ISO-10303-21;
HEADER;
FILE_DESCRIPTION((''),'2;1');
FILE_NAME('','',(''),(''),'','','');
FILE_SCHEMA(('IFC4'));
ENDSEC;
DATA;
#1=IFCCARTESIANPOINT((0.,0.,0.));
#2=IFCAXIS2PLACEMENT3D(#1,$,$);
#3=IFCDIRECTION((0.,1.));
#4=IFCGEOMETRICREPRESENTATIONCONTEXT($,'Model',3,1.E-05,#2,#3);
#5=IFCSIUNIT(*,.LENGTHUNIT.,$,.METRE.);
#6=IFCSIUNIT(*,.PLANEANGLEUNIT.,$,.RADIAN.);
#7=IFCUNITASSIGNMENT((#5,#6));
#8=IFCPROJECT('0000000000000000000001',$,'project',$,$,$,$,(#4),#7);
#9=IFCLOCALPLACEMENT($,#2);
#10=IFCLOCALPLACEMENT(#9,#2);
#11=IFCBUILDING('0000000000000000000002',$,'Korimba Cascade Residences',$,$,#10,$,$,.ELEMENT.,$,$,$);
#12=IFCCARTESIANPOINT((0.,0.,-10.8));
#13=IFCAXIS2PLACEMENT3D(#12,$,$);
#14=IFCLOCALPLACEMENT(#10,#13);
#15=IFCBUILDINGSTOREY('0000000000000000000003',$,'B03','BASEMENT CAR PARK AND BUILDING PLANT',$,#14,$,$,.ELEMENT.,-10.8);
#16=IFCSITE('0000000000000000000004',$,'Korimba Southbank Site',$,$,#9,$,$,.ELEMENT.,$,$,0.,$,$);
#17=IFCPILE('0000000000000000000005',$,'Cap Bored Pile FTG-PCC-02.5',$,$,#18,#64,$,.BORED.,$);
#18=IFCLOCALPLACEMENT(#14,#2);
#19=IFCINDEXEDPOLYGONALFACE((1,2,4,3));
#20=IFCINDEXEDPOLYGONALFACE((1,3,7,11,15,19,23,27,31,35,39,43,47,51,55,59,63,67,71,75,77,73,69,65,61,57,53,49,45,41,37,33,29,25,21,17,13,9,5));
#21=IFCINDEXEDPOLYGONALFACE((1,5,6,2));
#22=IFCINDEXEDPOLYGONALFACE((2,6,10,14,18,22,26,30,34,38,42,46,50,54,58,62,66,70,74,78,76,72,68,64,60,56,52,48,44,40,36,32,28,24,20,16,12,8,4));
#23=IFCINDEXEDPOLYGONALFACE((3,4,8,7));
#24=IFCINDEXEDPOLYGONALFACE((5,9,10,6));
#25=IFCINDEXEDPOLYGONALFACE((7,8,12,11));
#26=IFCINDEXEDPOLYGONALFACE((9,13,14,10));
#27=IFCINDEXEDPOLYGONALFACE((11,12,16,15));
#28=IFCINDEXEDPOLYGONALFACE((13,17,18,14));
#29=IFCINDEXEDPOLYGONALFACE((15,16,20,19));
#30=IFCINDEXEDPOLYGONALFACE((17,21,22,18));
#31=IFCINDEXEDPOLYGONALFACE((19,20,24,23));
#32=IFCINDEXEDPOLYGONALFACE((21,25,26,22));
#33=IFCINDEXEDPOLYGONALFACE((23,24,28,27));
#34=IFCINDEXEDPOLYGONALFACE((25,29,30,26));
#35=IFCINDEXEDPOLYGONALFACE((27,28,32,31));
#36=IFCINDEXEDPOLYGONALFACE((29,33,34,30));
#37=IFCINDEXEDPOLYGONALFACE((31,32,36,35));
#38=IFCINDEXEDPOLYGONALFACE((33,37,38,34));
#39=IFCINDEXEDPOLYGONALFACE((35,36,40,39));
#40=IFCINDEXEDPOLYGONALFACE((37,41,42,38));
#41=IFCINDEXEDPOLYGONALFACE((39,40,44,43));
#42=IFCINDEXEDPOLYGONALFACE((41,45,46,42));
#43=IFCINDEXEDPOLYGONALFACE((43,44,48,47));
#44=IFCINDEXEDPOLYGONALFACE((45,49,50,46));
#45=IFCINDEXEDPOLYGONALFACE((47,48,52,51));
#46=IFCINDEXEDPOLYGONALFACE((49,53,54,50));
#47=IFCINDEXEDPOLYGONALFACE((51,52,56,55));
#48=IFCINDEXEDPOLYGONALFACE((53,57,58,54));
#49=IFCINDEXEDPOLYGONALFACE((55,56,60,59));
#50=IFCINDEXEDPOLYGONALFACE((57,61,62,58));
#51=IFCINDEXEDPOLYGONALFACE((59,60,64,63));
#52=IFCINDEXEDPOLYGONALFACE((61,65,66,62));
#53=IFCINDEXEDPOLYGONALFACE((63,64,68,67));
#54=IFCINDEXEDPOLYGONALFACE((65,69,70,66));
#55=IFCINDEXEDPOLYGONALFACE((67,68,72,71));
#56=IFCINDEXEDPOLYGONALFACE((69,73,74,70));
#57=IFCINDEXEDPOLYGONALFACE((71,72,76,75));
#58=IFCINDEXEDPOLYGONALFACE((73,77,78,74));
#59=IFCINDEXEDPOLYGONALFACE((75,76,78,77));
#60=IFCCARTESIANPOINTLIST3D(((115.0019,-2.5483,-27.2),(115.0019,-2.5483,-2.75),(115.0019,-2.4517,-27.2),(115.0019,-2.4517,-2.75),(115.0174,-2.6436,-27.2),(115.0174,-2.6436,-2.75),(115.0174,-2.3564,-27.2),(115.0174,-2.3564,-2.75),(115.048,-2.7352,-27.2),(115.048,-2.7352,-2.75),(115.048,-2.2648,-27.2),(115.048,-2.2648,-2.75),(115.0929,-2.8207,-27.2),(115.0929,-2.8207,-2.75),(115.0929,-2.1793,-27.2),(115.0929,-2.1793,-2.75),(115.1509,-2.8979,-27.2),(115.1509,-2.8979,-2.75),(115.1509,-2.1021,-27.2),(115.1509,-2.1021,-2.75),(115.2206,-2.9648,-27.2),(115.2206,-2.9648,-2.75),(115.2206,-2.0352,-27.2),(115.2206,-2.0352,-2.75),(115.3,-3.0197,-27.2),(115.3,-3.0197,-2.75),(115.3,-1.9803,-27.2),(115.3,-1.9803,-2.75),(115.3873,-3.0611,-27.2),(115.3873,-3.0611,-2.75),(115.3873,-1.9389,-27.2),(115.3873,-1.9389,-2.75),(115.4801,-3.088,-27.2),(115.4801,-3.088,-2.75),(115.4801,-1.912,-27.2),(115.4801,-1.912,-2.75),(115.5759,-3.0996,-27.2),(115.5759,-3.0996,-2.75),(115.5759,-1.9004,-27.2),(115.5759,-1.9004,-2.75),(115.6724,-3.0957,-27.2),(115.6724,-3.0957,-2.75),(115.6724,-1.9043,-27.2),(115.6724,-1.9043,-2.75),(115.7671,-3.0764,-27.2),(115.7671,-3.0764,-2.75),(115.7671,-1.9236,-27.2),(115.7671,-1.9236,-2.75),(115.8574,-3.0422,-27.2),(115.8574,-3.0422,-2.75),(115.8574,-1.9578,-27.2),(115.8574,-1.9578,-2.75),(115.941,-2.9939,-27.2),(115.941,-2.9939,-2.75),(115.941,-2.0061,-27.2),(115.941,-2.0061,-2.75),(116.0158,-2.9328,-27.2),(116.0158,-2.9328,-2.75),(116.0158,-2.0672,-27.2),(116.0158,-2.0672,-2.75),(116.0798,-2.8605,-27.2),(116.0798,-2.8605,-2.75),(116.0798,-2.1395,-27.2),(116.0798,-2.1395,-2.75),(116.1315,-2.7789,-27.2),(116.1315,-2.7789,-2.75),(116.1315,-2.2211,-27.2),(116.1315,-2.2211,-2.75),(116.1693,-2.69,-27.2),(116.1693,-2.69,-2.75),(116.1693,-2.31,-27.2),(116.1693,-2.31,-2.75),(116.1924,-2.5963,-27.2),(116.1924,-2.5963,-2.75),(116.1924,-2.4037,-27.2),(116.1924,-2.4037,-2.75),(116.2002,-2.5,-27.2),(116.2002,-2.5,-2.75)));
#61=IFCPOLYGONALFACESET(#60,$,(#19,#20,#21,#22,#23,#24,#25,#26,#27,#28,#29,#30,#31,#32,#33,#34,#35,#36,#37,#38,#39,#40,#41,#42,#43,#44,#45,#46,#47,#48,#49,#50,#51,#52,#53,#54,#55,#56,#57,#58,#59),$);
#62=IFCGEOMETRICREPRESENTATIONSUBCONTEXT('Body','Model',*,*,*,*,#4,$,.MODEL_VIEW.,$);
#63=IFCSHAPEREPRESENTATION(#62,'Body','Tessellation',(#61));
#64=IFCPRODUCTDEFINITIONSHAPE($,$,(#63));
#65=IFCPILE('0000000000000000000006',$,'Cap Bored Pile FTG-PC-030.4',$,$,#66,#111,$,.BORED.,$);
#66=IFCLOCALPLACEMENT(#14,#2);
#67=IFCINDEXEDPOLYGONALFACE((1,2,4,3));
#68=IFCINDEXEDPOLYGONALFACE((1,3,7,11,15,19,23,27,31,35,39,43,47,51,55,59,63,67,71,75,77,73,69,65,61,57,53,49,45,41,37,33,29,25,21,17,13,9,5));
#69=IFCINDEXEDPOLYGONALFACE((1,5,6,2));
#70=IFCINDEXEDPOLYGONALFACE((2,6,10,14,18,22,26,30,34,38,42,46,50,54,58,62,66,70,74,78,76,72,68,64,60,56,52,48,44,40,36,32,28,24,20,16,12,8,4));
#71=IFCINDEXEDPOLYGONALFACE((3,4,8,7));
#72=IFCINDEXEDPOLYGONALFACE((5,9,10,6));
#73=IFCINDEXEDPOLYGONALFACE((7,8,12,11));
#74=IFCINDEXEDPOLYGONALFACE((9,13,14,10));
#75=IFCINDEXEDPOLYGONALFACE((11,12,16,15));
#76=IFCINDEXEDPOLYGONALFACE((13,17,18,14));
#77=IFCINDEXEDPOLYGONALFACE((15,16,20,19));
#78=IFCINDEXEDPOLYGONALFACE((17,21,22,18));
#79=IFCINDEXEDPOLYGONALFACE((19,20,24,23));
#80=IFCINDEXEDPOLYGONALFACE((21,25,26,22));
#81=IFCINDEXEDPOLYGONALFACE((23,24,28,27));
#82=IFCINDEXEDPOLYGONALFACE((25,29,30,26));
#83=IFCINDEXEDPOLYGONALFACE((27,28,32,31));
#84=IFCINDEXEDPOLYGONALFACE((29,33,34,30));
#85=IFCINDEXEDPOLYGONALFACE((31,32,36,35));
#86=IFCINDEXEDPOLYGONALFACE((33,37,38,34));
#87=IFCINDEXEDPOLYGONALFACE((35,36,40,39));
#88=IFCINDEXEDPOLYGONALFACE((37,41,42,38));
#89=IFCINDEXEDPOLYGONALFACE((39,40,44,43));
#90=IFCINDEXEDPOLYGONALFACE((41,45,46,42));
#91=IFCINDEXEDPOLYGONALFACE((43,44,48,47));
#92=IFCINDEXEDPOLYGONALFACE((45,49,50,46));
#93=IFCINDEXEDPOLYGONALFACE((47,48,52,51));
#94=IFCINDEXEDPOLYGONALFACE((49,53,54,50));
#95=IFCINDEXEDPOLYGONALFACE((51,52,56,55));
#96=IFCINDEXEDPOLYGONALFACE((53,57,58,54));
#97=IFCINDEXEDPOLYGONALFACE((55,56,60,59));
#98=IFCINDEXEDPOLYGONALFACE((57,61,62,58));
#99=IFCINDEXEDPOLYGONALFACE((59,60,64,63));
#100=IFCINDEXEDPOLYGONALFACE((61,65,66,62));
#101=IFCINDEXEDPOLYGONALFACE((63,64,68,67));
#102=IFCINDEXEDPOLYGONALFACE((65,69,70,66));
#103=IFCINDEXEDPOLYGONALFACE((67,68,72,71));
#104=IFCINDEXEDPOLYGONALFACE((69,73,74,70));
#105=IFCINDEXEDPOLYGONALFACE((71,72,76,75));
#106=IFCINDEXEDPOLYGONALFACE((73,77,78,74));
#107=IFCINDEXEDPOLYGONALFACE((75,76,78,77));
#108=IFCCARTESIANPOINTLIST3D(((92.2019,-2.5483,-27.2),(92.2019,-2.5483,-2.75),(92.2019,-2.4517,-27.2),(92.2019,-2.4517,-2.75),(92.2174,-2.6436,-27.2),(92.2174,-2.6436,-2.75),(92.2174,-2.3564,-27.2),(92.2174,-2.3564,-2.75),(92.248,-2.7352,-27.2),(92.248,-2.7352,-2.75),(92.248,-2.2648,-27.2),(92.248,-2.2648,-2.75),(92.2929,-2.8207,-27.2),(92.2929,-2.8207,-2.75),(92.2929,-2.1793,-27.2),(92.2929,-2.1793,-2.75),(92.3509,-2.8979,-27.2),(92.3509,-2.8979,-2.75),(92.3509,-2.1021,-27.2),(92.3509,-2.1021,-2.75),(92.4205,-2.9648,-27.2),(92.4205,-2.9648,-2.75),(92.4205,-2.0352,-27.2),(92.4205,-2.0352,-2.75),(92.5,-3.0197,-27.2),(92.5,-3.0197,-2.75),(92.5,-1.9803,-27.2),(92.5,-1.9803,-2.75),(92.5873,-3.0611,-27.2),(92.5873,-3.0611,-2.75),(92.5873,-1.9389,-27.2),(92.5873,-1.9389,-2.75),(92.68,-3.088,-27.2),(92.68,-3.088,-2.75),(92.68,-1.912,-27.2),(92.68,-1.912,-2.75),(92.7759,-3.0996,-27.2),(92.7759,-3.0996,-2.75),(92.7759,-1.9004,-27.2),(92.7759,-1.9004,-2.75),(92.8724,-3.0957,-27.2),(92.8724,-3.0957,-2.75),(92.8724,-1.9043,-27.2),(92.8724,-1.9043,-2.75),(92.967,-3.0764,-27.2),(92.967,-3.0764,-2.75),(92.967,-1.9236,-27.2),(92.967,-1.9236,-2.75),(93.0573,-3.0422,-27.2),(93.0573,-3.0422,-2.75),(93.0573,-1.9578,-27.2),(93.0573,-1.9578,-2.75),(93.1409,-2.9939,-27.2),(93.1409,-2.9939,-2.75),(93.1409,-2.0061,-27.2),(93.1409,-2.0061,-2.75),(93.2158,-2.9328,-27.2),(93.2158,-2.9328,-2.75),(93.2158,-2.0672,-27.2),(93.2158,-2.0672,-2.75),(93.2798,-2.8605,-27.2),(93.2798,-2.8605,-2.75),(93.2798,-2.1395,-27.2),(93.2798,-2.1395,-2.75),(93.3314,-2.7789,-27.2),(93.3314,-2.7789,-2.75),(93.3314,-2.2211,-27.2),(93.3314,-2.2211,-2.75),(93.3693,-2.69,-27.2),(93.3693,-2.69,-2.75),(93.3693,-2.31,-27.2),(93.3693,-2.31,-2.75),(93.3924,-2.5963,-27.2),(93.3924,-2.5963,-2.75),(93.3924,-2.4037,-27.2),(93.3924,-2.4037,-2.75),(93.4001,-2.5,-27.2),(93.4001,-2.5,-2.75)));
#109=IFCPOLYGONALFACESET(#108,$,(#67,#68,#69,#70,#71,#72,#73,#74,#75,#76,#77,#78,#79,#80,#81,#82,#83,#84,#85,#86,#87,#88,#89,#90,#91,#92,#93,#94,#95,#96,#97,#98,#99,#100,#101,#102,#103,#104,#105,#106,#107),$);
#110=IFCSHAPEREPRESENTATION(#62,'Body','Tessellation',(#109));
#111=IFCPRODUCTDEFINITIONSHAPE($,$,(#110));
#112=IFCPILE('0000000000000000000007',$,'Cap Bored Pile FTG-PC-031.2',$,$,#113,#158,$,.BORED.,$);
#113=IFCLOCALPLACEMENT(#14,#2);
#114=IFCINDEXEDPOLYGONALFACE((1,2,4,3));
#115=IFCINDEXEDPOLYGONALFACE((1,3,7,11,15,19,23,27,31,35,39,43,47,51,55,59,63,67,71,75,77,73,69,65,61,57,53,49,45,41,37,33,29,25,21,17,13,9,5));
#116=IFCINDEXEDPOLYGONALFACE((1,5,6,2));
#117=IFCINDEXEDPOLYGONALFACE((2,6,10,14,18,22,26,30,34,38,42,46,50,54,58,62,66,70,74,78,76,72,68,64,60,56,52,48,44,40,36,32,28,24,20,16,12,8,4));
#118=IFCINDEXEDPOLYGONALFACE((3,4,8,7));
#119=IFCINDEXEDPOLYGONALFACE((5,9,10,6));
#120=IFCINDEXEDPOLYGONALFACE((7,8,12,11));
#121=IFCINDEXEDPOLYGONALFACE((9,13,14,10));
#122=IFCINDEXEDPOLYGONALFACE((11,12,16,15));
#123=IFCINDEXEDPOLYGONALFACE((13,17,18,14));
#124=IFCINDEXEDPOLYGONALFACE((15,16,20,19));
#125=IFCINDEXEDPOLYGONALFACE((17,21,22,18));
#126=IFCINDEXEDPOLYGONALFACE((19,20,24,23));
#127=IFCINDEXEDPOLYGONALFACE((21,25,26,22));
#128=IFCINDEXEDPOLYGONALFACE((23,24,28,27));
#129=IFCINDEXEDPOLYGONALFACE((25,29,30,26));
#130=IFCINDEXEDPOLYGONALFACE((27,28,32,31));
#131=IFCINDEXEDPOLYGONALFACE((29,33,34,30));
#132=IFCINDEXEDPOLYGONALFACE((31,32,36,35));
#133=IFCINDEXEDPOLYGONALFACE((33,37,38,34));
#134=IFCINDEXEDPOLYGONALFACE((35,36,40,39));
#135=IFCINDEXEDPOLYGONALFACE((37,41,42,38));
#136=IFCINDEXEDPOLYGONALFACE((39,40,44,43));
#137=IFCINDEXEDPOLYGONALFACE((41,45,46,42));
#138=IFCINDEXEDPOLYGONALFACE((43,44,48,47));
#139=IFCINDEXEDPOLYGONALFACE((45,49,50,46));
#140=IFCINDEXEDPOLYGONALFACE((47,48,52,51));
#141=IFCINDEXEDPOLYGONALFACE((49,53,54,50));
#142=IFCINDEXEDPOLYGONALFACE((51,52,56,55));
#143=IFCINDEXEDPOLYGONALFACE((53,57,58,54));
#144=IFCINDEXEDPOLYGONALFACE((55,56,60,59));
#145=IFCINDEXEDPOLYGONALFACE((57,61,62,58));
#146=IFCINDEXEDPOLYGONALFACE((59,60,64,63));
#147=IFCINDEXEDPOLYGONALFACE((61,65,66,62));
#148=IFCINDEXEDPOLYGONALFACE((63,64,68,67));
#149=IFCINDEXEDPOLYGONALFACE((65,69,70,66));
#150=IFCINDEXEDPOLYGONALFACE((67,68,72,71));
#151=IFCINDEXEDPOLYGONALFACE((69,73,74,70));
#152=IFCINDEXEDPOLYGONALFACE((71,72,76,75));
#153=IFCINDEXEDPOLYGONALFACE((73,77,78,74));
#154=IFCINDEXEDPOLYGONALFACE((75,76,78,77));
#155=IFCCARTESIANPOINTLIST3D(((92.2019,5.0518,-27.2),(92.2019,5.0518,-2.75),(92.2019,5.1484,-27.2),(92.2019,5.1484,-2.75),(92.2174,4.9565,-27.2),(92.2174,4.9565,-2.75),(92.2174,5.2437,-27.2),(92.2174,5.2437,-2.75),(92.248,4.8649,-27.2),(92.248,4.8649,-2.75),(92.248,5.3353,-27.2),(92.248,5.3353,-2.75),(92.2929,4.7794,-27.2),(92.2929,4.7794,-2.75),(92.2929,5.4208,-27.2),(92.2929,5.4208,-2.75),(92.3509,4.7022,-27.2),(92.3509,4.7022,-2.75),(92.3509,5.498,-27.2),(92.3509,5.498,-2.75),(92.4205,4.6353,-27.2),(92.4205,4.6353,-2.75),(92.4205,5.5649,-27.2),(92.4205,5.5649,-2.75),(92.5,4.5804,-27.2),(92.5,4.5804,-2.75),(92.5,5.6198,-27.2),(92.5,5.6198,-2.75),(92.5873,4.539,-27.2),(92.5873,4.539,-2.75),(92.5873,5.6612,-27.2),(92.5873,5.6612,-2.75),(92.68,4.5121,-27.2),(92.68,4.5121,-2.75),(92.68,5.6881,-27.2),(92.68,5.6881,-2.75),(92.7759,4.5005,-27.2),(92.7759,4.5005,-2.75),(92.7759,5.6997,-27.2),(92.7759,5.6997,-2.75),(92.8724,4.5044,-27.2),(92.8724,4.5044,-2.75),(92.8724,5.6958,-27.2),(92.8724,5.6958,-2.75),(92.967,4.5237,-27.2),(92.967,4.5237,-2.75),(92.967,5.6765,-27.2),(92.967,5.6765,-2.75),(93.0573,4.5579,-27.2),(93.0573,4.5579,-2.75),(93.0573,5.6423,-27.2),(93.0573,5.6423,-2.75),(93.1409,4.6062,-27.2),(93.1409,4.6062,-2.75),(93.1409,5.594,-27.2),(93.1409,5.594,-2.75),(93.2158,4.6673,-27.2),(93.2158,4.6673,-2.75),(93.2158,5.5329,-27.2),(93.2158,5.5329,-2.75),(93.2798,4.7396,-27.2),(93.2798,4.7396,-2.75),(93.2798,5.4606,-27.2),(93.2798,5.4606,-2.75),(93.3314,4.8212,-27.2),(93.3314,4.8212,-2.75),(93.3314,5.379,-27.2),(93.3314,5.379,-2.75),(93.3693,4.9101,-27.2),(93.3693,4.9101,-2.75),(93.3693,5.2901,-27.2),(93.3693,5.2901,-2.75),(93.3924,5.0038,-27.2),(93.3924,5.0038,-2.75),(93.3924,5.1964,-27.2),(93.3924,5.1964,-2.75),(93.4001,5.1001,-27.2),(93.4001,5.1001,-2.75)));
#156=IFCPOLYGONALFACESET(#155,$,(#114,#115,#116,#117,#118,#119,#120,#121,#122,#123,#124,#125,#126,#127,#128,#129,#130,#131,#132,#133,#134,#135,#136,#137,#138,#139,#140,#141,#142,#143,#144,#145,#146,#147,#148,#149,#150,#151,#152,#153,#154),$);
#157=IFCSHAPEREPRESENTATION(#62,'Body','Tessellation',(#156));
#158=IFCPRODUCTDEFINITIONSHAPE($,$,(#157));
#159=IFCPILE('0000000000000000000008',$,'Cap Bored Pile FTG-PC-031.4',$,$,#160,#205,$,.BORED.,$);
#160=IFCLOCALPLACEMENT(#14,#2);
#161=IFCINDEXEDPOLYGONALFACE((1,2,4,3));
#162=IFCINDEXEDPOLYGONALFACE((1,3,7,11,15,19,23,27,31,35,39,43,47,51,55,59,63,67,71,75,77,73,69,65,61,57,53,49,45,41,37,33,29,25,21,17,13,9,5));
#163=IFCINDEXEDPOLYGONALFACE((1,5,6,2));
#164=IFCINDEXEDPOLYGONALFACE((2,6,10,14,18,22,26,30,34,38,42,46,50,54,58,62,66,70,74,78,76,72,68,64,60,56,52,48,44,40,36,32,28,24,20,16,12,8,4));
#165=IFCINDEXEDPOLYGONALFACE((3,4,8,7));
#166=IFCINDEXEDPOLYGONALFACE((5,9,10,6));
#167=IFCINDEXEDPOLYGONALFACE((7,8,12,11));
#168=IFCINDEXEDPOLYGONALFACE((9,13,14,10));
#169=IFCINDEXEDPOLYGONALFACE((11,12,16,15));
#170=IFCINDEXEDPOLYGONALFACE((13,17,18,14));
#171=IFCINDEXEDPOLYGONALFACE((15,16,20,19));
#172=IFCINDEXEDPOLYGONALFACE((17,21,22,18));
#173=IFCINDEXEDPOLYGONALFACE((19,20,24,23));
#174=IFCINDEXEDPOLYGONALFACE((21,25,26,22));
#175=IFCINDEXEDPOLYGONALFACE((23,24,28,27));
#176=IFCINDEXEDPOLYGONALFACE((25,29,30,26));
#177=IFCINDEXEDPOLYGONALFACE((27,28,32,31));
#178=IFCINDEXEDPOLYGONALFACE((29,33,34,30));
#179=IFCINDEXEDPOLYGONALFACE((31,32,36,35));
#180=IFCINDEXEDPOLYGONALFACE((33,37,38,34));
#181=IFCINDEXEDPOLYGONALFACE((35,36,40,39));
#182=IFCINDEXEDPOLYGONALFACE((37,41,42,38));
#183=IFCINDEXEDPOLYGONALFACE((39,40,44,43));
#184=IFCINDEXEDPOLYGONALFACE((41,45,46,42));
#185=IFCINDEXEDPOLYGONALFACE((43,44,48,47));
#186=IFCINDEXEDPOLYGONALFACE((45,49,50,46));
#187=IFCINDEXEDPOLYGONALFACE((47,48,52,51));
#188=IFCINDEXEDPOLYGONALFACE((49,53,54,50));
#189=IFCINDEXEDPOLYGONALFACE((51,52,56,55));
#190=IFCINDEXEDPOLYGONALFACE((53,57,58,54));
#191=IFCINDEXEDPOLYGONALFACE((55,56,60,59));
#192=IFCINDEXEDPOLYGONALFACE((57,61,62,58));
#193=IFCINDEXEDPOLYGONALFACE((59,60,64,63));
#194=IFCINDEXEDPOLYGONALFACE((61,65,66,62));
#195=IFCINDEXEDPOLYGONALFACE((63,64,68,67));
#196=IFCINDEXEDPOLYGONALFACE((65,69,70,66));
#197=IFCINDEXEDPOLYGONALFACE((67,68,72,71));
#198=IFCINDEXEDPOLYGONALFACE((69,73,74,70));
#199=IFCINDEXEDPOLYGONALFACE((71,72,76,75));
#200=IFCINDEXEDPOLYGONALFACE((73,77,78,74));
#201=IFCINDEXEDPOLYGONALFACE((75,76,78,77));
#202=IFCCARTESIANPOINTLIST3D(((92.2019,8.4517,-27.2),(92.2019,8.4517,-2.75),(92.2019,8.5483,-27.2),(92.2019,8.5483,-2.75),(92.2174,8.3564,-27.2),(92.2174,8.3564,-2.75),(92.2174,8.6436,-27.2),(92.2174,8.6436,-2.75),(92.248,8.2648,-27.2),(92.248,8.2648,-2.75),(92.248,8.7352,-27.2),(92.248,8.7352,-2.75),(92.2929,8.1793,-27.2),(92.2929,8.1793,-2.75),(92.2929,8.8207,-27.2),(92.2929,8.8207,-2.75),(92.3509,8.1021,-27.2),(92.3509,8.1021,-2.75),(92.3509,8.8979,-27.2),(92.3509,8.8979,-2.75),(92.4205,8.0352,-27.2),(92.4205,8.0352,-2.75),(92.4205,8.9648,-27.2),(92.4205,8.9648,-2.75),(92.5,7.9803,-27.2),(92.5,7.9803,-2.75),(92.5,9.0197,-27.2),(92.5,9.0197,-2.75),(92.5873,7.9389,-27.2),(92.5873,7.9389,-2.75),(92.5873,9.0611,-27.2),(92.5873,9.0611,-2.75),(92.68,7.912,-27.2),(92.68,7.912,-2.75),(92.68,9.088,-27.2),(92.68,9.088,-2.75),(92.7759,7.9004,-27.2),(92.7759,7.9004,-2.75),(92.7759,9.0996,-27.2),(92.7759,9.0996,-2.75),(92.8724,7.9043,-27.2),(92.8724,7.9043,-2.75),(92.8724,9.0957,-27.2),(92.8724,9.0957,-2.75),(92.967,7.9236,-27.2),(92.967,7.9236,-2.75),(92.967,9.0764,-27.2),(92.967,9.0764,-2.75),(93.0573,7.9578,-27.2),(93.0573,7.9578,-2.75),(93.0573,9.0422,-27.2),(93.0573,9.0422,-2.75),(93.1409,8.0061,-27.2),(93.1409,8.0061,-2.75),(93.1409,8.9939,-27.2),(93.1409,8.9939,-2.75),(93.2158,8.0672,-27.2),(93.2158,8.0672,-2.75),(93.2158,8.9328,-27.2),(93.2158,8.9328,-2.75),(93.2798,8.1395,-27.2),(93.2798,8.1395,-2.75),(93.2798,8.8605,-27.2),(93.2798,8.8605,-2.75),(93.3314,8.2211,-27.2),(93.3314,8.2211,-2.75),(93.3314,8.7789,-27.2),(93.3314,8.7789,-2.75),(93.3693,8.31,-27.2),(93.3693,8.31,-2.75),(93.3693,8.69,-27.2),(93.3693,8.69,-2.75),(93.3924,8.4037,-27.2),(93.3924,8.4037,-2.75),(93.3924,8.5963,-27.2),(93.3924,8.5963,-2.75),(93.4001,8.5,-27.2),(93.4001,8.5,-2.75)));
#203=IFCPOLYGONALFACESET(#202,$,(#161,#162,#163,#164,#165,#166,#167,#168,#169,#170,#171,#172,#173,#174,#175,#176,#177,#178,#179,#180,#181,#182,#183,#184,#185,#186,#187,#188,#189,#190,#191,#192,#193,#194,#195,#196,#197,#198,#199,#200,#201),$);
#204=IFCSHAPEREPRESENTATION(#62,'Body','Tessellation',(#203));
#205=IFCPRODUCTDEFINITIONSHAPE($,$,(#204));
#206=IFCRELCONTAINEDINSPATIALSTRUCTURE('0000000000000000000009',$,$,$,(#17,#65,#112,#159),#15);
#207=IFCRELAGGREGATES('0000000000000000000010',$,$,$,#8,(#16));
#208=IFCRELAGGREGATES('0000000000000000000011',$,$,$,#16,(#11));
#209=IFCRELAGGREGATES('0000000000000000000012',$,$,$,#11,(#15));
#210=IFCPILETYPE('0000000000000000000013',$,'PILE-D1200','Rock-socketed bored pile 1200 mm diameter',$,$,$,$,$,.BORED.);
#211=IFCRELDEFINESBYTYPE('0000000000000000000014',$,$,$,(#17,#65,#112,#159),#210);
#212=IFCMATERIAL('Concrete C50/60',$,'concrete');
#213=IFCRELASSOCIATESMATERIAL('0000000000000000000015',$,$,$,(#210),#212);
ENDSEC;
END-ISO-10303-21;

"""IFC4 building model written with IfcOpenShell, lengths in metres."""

from ifc_helpers import new_model, si_unit, direction, frame, origin, origin_2d, place, context, subcontext, project, spatial, circle, extrude, material, material_profile, profile_set, type_object, element, save


model = new_model("IFC4")

# Units and contexts
model_context = context("Model", 3, precision=1e-05, world=origin(), true_north=direction((0.0, 1.0)))
body_context = subcontext(model_context, "Body", "Model", "MODEL_VIEW")
ifc_project = project(units=[si_unit("LENGTHUNIT", "METRE"), si_unit("PLANEANGLEUNIT", "RADIAN")], contexts=[model_context])

# Site, building, storey
site_placement = place(None, origin())
site = spatial("IfcSite", under=ifc_project, at=site_placement, Name="Korimba Southbank Site", CompositionType="ELEMENT", RefElevation=0.0)
building_placement = place(site_placement, origin())
building = spatial("IfcBuilding", under=site, at=building_placement, Name="Korimba Cascade Residences", CompositionType="ELEMENT")
storey_placement = place(building_placement, frame((0.0, 0.0, -10.8)))
storey = spatial("IfcBuildingStorey", under=building, at=storey_placement, Name="B03", Description="BASEMENT CAR PARK AND BUILDING PLANT", CompositionType="ELEMENT", Elevation=-10.8)

# Piles
ifc_material_1 = material(Name="Concrete C50/60", Category="concrete")
ifc_material_profile_1 = material_profile(ifc_material_1, circle(Radius=0.6001, at=origin_2d()), Name="Concrete C50/60")
ifc_profile_set_1 = profile_set([ifc_material_profile_1], Name="Concrete C50/60")
pile_type = type_object("IfcPileType", Name="PILE-D1200", Description="Rock-socketed bored pile 1200 mm diameter", PredefinedType="BORED", material=ifc_profile_set_1)
for number, where, z_axis, x_axis, name in (
    (1, (115.6001, -2.5, -2.75), (0.0, 0.0, -1.0), (1.0, 0.0, 0.0), "Cap Bored Pile FTG-PCC-02.5"),
    (2, (92.8, -2.5, -2.75), (0.0, 0.0, -1.0), (1.0, 0.0, 0.0), "Cap Bored Pile FTG-PC-030.4"),
    (3, (92.8, 5.1001, -2.75), (0.0, 0.0, -1.0), (1.0, 0.0, 0.0), "Cap Bored Pile FTG-PC-031.2"),
    (4, (92.8, 8.5, -2.75), (0.0, 0.0, -1.0), (1.0, 0.0, 0.0), "Cap Bored Pile FTG-PC-031.4"),
):
    element("IfcPile", number, at=place(storey_placement, frame(where, z_axis=z_axis, x_axis=x_axis)), inside=storey, type_object=pile_type, Name=name, PredefinedType="BORED", context=body_context, shape_type="SweptSolid", body=[
        extrude(circle(Radius=0.6001, at=origin_2d()), origin(), (0.0, 0.0, 1.0), 24.45),
    ])

save(model, "model.ifc")
